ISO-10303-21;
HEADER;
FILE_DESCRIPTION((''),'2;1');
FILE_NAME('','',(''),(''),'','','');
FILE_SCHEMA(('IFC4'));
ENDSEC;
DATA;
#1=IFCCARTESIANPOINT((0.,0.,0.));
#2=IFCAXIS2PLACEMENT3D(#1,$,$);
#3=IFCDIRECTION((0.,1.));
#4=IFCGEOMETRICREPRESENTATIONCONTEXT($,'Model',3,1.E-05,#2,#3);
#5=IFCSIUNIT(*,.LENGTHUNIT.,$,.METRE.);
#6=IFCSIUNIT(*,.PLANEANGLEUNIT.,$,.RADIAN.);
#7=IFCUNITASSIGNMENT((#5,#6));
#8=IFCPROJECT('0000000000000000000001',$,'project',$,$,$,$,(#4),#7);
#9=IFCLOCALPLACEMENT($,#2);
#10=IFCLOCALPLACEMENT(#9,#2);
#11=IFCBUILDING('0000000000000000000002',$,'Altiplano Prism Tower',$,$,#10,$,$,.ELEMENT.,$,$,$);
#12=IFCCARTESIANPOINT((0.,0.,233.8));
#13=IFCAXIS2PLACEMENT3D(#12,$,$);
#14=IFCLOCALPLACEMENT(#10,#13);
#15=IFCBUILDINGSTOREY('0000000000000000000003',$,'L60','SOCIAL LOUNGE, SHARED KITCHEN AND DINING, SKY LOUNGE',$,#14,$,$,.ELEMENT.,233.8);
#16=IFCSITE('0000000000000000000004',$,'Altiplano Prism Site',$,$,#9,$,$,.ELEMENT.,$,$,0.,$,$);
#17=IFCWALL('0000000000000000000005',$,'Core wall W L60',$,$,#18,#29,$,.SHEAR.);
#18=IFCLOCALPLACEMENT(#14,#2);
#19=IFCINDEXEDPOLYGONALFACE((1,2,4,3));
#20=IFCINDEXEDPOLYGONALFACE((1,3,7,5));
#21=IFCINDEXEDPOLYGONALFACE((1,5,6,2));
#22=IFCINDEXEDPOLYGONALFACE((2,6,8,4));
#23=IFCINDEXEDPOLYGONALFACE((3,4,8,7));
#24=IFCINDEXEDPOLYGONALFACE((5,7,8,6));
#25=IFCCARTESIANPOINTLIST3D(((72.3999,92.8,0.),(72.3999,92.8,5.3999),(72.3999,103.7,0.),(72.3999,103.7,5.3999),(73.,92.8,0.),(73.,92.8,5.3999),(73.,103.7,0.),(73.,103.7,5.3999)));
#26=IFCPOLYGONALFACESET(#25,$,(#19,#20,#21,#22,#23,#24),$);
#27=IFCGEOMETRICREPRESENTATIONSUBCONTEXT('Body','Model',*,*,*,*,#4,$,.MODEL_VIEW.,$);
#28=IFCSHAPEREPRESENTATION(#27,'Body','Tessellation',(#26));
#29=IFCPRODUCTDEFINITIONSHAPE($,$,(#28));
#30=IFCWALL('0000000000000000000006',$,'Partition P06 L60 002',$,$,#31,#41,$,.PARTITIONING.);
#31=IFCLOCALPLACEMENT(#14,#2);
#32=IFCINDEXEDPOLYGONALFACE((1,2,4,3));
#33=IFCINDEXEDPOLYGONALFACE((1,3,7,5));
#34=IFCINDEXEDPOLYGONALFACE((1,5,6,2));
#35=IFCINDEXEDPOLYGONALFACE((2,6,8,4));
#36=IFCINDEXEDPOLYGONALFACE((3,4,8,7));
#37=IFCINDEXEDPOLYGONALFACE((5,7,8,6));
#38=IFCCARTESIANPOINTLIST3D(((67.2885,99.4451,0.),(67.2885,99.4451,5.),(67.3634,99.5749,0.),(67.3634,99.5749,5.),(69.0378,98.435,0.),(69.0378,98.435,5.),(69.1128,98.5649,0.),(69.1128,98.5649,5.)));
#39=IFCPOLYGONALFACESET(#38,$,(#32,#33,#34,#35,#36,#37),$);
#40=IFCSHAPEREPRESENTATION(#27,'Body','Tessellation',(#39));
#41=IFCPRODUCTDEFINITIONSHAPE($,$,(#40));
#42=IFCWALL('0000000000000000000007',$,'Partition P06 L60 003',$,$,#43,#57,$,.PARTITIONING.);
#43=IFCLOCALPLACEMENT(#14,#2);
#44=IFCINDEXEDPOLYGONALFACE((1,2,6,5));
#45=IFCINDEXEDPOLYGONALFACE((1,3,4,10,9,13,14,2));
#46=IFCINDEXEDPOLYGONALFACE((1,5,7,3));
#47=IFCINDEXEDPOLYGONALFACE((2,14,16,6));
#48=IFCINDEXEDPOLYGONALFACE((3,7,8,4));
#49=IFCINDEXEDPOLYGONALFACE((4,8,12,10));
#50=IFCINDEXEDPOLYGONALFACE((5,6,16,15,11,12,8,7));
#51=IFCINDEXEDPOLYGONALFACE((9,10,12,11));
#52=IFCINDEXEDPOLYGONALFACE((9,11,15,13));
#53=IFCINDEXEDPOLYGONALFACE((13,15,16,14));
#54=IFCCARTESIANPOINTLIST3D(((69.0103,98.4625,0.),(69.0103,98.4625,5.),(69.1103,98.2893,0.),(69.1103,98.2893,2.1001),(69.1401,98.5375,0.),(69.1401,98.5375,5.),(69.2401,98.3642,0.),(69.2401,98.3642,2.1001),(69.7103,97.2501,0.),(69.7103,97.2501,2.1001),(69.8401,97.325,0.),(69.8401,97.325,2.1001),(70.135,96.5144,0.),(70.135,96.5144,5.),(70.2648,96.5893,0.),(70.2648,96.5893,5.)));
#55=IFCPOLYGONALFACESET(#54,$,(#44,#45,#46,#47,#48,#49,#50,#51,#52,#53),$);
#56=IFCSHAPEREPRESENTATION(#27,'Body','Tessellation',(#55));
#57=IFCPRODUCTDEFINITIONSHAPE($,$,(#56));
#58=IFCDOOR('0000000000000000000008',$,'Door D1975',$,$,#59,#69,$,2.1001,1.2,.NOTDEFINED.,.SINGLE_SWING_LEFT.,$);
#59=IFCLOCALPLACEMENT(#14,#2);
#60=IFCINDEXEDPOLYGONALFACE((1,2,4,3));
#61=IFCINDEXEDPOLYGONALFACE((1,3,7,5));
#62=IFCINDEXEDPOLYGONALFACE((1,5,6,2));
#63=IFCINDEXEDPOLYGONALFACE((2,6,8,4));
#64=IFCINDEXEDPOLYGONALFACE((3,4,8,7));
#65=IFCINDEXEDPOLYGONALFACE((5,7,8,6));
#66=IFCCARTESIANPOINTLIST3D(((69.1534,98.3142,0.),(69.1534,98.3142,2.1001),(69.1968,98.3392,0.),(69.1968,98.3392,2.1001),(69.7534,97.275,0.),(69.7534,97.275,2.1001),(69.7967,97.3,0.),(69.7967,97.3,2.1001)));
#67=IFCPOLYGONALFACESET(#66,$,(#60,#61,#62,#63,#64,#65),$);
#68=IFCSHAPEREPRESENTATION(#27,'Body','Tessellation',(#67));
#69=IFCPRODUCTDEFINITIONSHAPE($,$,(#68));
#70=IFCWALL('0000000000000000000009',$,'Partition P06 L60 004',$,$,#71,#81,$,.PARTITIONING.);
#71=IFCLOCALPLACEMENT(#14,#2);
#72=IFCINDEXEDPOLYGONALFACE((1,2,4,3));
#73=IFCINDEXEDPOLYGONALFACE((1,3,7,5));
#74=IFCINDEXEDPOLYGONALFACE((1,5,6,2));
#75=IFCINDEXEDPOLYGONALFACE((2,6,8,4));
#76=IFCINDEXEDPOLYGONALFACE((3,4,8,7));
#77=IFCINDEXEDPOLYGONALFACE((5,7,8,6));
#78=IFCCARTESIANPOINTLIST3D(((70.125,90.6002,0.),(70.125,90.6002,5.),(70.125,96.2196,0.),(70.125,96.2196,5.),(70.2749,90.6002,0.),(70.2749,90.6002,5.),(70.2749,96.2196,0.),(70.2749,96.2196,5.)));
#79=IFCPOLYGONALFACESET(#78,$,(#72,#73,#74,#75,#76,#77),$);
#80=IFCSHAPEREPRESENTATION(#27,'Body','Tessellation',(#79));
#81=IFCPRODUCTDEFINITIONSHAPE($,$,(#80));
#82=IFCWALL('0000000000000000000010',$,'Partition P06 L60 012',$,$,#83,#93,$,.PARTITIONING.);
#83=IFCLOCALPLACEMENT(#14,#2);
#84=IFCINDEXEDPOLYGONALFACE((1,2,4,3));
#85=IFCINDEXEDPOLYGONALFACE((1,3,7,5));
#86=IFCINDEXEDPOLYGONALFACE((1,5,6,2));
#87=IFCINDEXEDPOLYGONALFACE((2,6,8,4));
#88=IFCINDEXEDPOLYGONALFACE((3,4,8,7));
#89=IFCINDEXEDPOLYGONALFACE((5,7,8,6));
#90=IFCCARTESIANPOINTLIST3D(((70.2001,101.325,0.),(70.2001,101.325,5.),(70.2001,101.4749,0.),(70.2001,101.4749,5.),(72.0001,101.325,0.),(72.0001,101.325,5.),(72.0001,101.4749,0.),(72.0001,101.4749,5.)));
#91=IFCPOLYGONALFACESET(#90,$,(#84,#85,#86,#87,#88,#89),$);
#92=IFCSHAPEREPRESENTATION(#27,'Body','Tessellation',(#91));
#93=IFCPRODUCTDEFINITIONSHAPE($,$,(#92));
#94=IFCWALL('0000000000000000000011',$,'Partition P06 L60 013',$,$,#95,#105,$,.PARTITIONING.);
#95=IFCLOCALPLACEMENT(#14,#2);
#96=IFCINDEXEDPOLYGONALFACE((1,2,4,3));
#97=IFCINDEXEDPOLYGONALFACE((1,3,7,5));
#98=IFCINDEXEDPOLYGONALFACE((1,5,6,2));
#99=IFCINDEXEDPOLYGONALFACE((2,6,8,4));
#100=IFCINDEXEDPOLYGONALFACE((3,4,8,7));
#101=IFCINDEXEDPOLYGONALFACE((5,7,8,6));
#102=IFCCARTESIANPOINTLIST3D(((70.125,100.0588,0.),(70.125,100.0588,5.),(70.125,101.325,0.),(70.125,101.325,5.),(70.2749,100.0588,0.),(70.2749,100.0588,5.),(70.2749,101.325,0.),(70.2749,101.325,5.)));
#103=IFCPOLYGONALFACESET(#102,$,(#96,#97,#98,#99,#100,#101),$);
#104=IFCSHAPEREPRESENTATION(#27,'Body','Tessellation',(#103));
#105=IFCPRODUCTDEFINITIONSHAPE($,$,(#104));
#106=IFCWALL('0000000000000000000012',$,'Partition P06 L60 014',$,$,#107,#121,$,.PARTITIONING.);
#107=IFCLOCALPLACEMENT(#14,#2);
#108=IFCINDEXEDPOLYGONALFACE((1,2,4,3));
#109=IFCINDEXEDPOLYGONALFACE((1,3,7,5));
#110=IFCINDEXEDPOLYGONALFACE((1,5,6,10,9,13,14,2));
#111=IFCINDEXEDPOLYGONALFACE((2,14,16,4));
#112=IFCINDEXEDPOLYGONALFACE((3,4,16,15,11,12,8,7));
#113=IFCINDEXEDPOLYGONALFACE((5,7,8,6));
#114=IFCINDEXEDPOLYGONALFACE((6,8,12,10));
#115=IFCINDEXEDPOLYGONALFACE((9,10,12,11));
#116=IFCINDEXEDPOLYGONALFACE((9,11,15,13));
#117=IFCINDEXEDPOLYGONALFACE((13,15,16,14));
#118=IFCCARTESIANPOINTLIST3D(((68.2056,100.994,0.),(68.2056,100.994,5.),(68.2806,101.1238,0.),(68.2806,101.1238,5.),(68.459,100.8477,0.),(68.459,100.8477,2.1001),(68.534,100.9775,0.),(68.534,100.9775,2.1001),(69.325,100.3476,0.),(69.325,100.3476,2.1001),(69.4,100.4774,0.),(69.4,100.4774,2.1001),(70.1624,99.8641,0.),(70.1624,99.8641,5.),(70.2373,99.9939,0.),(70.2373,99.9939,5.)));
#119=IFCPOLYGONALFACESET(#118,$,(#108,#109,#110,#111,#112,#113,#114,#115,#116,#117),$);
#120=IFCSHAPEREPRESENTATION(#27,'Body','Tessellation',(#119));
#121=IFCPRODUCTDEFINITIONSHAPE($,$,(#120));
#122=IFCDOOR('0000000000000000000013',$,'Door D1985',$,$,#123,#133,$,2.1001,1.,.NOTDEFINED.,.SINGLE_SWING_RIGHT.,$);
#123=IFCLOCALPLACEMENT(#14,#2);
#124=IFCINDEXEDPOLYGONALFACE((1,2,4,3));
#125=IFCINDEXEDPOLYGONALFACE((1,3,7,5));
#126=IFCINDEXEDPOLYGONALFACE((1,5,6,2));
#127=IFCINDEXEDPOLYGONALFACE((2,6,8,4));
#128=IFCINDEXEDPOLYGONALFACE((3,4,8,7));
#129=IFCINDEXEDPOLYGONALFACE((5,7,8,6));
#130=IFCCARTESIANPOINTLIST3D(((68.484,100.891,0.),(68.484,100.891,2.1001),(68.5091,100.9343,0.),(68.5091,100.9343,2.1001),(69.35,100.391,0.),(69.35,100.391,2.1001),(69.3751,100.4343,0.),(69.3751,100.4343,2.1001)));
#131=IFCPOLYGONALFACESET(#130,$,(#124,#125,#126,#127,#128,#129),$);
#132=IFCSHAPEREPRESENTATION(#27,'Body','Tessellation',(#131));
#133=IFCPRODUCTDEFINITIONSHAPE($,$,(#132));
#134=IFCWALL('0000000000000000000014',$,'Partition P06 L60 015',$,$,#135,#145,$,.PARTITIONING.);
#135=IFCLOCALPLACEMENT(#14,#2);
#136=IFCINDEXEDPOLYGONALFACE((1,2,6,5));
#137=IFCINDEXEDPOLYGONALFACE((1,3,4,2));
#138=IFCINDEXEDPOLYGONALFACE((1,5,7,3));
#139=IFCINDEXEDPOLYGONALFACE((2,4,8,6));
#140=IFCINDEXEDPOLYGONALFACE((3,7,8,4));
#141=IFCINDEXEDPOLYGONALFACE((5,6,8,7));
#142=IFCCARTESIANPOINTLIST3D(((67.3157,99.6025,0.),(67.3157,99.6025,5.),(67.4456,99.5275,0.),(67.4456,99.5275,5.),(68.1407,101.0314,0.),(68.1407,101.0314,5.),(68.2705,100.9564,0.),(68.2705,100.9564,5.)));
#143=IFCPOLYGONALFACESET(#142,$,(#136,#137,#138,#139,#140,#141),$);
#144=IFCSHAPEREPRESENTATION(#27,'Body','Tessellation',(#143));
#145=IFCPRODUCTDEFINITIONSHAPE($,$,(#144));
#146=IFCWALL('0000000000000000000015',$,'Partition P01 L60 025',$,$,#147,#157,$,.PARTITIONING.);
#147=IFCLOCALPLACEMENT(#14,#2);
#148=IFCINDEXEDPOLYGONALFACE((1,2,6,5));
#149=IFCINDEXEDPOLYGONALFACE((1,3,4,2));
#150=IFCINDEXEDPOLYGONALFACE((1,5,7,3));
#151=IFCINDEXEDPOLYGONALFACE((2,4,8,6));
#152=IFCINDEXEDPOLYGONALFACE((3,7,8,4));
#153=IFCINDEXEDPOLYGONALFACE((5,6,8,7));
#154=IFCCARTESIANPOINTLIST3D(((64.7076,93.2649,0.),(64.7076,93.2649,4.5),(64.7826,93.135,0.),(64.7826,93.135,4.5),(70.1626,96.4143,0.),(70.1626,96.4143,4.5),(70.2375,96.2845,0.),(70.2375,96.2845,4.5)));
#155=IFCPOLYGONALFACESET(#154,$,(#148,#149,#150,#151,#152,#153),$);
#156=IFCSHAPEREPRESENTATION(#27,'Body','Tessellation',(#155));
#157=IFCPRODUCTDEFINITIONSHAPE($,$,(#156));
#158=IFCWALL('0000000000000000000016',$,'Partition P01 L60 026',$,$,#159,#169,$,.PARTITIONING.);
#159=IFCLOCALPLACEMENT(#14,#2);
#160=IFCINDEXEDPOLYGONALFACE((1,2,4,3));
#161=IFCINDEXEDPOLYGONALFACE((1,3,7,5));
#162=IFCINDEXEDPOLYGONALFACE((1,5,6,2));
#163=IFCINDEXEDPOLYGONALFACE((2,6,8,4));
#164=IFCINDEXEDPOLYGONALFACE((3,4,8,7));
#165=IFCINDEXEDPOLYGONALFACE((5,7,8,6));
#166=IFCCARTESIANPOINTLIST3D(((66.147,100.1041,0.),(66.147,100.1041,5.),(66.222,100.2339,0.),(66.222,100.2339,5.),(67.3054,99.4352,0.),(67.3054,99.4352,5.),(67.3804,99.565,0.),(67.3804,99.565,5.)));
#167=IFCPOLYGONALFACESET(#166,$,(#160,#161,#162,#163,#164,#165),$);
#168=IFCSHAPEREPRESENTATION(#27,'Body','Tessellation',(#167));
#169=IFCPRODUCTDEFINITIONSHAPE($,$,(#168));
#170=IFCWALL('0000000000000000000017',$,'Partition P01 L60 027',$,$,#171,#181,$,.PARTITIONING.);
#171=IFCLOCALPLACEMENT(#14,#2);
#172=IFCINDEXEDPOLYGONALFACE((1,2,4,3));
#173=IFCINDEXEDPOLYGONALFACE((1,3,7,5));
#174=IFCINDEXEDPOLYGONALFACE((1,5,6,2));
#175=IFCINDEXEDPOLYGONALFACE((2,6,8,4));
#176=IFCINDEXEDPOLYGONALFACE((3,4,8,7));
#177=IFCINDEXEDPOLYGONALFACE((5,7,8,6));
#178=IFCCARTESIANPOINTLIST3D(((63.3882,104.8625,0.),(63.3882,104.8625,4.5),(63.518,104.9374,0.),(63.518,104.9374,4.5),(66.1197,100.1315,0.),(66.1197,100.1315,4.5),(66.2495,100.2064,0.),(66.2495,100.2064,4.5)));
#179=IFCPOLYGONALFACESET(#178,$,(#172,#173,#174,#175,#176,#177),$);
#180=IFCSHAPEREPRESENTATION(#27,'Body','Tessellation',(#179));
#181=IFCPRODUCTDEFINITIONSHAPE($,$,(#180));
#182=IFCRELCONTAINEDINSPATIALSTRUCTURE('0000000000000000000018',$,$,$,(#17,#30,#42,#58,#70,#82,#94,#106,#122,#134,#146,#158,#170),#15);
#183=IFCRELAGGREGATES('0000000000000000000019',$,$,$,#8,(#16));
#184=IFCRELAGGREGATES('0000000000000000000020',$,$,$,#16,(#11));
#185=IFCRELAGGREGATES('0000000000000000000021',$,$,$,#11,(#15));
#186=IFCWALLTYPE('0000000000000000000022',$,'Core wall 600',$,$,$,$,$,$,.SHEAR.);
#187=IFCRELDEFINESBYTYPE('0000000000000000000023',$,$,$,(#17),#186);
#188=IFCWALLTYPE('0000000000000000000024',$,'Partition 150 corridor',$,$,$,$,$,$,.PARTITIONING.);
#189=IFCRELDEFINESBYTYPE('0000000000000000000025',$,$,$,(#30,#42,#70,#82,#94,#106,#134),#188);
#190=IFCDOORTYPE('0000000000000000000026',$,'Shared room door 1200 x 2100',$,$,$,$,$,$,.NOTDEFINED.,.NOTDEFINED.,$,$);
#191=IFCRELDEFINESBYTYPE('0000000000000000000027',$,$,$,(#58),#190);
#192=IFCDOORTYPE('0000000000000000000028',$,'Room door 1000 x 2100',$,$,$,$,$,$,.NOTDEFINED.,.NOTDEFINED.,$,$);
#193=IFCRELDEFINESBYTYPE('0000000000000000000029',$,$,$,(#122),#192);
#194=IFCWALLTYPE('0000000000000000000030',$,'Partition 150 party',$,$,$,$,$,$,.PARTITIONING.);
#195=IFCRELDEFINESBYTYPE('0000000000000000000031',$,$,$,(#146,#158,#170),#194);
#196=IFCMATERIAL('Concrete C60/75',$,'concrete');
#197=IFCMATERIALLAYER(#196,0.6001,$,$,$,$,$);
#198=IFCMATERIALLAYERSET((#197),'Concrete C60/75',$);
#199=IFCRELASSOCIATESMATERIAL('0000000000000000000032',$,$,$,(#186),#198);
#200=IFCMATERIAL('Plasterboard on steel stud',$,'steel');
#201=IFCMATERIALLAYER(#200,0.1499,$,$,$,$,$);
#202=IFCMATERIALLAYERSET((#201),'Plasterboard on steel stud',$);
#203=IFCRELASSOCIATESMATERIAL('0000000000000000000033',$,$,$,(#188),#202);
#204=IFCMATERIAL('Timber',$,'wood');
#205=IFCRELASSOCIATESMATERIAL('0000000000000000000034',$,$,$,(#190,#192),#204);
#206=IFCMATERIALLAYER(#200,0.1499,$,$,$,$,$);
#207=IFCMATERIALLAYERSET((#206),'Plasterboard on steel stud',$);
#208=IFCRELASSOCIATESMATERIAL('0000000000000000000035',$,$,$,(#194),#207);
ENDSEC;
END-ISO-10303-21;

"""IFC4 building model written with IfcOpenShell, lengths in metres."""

from ifc_helpers import new_model, si_unit, direction, frame, frame_2d, origin, place, context, subcontext, project, spatial, rectangle, extrude, material, layer, layer_set, type_object, element, fill, save


model = new_model("IFC4")

# Units and contexts
model_context = context("Model", 3, precision=1e-05, world=origin(), true_north=direction((0.0, 1.0)))
body_context = subcontext(model_context, "Body", "Model", "MODEL_VIEW")
ifc_project = project(units=[si_unit("LENGTHUNIT", "METRE"), si_unit("PLANEANGLEUNIT", "RADIAN")], contexts=[model_context])

# Site, building, storey
site_placement = place(None, origin())
site = spatial("IfcSite", under=ifc_project, at=site_placement, Name="Altiplano Prism Site", CompositionType="ELEMENT", RefElevation=0.0)
building_placement = place(site_placement, origin())
building = spatial("IfcBuilding", under=site, at=building_placement, Name="Altiplano Prism Tower", CompositionType="ELEMENT")
storey_placement = place(building_placement, frame((0.0, 0.0, 233.8)))
storey = spatial("IfcBuildingStorey", under=building, at=storey_placement, Name="L60", Description="SOCIAL LOUNGE, SHARED KITCHEN AND DINING, SKY LOUNGE", CompositionType="ELEMENT", Elevation=233.8)

# Shared definitions
ifc_material_1 = material(Name="Concrete C60/75", Category="concrete")

# Walls
ifc_layer_1 = layer(ifc_material_1, 0.6001)
ifc_layer_set_1 = layer_set([ifc_layer_1], Name="Concrete C60/75")
wall_type_1 = type_object("IfcWallType", Name="Core wall 600", PredefinedType="SHEAR", material=ifc_layer_set_1)
wall_1_placement = place(storey_placement, frame((72.7, 103.7, 0.0), z_axis=(0.0, 0.0, 1.0), x_axis=(0.0, -1.0, 0.0)))
element("IfcWall", 1, at=wall_1_placement, inside=storey, type_object=wall_type_1, Name="Core wall W L60", PredefinedType="SHEAR", context=body_context, shape_type="SweptSolid", body=[
    extrude(rectangle(XDim=10.8999, YDim=0.6001, at=frame_2d((5.45, 0.0))), origin(), (0.0, 0.0, 1.0), 5.3999),
])
ifc_material_2 = material(Name="Plasterboard on steel stud", Category="steel")
ifc_layer_2 = layer(ifc_material_2, 0.1499)
ifc_layer_set_2 = layer_set([ifc_layer_2], Name="Plasterboard on steel stud")
wall_type_2 = type_object("IfcWallType", Name="Partition 150 corridor", PredefinedType="PARTITIONING", material=ifc_layer_set_2)
wall_2_placement = place(storey_placement, frame((67.3259, 99.51, 0.0), z_axis=(0.0, 0.0, 1.0), x_axis=(0.86601, -0.500026, 0.0)))
element("IfcWall", 2, at=wall_2_placement, inside=storey, type_object=wall_type_2, Name="Partition P06 L60 002", PredefinedType="PARTITIONING", context=body_context, shape_type="SweptSolid", body=[
    extrude(rectangle(XDim=2.02, YDim=0.1499, at=frame_2d((1.01, 0.0))), origin(), (0.0, 0.0, 1.0), 5.0),
])

# Wall, opening, door
wall_3_placement = place(storey_placement, frame((69.0752, 98.5, 0.0), z_axis=(0.0, 0.0, 1.0), x_axis=(0.499979, -0.866037, 0.0)))
wall_3 = element("IfcWall", 3, at=wall_3_placement, inside=storey, type_object=wall_type_2, Name="Partition P06 L60 003", PredefinedType="PARTITIONING", context=body_context, shape_type="SweptSolid", body=[
    extrude(rectangle(XDim=2.2495, YDim=0.1499, at=frame_2d((1.1248, 0.0))), origin(), (0.0, 0.0, 1.0), 5.0),
])
opening_1_placement = place(wall_3_placement, frame((0.2, 0.0, 0.0)))
opening_1 = element("IfcOpeningElement", 4, at=opening_1_placement, cuts=wall_3, PredefinedType="OPENING", context=body_context, shape_type="SweptSolid", body=[
    extrude(rectangle(XDim=1.2, YDim=2.1001, at=frame_2d((0.6001, 1.05))), frame((0.0, 0.0854, 0.0), z_axis=(0.0, -1.0, 0.0), x_axis=(1.0, 0.0, 0.0)), (0.0, 0.0, 1.0), 0.1709),
])
ifc_material_3 = material(Name="Timber", Category="wood")
door_type_1 = type_object("IfcDoorType", Name="Shared room door 1200 x 2100", OperationType="NOTDEFINED", PredefinedType="NOTDEFINED", material=ifc_material_3)
door_1_placement = place(opening_1_placement, origin())
door_1 = element("IfcDoor", 5, at=door_1_placement, inside=storey, type_object=door_type_1, Name="Door D1975", OperationType="SINGLE_SWING_LEFT", OverallHeight=2.1001, OverallWidth=1.2, PredefinedType="NOTDEFINED", context=body_context, shape_type="SweptSolid", body=[
    extrude(rectangle(XDim=1.2, YDim=2.1001, at=frame_2d((0.6001, 1.05))), frame((0.0, 0.0249, 0.0), z_axis=(0.0, -1.0, 0.0), x_axis=(1.0, 0.0, 0.0)), (0.0, 0.0, 1.0), 0.05),
])
fill(opening_1, door_1)

# Walls
wall_4_placement = place(storey_placement, frame((70.2, 96.2195, 0.0), z_axis=(0.0, 0.0, 1.0), x_axis=(0.0, -1.0, 0.0)))
element("IfcWall", 6, at=wall_4_placement, inside=storey, type_object=wall_type_2, Name="Partition P06 L60 004", PredefinedType="PARTITIONING", context=body_context, shape_type="SweptSolid", body=[
    extrude(rectangle(XDim=5.6194, YDim=0.1499, at=frame_2d((2.8096, 0.0))), origin(), (0.0, 0.0, 1.0), 5.0),
])
wall_5_placement = place(storey_placement, frame((72.0, 101.3999, 0.0), z_axis=(0.0, 0.0, 1.0), x_axis=(-1.0, 0.0, 0.0)))
element("IfcWall", 7, at=wall_5_placement, inside=storey, type_object=wall_type_2, Name="Partition P06 L60 012", PredefinedType="PARTITIONING", context=body_context, shape_type="SweptSolid", body=[
    extrude(rectangle(XDim=1.8, YDim=0.1499, at=frame_2d((0.8999, 0.0))), origin(), (0.0, 0.0, 1.0), 5.0),
])
wall_6_placement = place(storey_placement, frame((70.2, 101.325, 0.0), z_axis=(0.0, 0.0, 1.0), x_axis=(0.0, -1.0, 0.0)))
element("IfcWall", 8, at=wall_6_placement, inside=storey, type_object=wall_type_2, Name="Partition P06 L60 013", PredefinedType="PARTITIONING", context=body_context, shape_type="SweptSolid", body=[
    extrude(rectangle(XDim=1.2661, YDim=0.1499, at=frame_2d((0.6331, 0.0))), origin(), (0.0, 0.0, 1.0), 5.0),
])

# Wall, opening, door
wall_7_placement = place(storey_placement, frame((70.2, 99.929, 0.0), z_axis=(0.0, 0.0, 1.0), x_axis=(-0.866, 0.500044, 0.0)))
wall_7 = element("IfcWall", 9, at=wall_7_placement, inside=storey, type_object=wall_type_2, Name="Partition P06 L60 014", PredefinedType="PARTITIONING", context=body_context, shape_type="SweptSolid", body=[
    extrude(rectangle(XDim=2.2595, YDim=0.1499, at=frame_2d((1.1299, 0.0))), origin(), (0.0, 0.0, 1.0), 5.0),
])
opening_2_placement = place(wall_7_placement, frame((0.967, 0.0, 0.0)))
opening_2 = element("IfcOpeningElement", 10, at=opening_2_placement, cuts=wall_7, PredefinedType="OPENING", context=body_context, shape_type="SweptSolid", body=[
    extrude(rectangle(XDim=1.0, YDim=2.1001, at=frame_2d((0.5, 1.05))), frame((0.0, 0.0854, 0.0), z_axis=(0.0, -1.0, 0.0), x_axis=(1.0, 0.0, 0.0)), (0.0, 0.0, 1.0), 0.1709),
])
door_type_2 = type_object("IfcDoorType", Name="Room door 1000 x 2100", OperationType="NOTDEFINED", PredefinedType="NOTDEFINED", material=ifc_material_3)
door_2_placement = place(opening_2_placement, origin())
door_2 = element("IfcDoor", 11, at=door_2_placement, inside=storey, type_object=door_type_2, Name="Door D1985", OperationType="SINGLE_SWING_RIGHT", OverallHeight=2.1001, OverallWidth=1.0, PredefinedType="NOTDEFINED", context=body_context, shape_type="SweptSolid", body=[
    extrude(rectangle(XDim=1.0, YDim=2.1001, at=frame_2d((0.5, 1.05))), frame((0.0, 0.0249, 0.0), z_axis=(0.0, -1.0, 0.0), x_axis=(1.0, 0.0, 0.0)), (0.0, 0.0, 1.0), 0.05),
])
fill(opening_2, door_2)

# Walls
wall_8_placement = place(storey_placement, frame((68.2056, 100.9939, 0.0), z_axis=(0.0, 0.0, 1.0), x_axis=(-0.499974, -0.86604, 0.0)))
element("IfcWall", 12, at=wall_8_placement, inside=storey, type_object=wall_type_2, Name="Partition P06 L60 015", PredefinedType="PARTITIONING", context=body_context, shape_type="SweptSolid", body=[
    extrude(rectangle(XDim=1.6499, YDim=0.1499, at=frame_2d((0.825, 0.0))), origin(), (0.0, 0.0, 1.0), 5.0),
])
ifc_layer_3 = layer(ifc_material_2, 0.1499)
ifc_layer_set_3 = layer_set([ifc_layer_3], Name="Plasterboard on steel stud")
wall_type_3 = type_object("IfcWallType", Name="Partition 150 party", PredefinedType="PARTITIONING", material=ifc_layer_set_3)
wall_9_placement = place(storey_placement, frame((64.7451, 93.2, 0.0), z_axis=(0.0, 0.0, 1.0), x_axis=(0.866021, 0.500008, 0.0)))
element("IfcWall", 13, at=wall_9_placement, inside=storey, type_object=wall_type_3, Name="Partition P01 L60 025", PredefinedType="PARTITIONING", context=body_context, shape_type="SweptSolid", body=[
    extrude(rectangle(XDim=6.2988, YDim=0.1499, at=frame_2d((3.1494, 0.0))), origin(), (0.0, 0.0, 1.0), 4.5),
])
wall_10_placement = place(storey_placement, frame((67.343, 99.5, 0.0), z_axis=(0.0, 0.0, 1.0), x_axis=(-0.865988, 0.500065, 0.0)))
element("IfcWall", 14, at=wall_10_placement, inside=storey, type_object=wall_type_3, Name="Partition P01 L60 026", PredefinedType="PARTITIONING", context=body_context, shape_type="SweptSolid", body=[
    extrude(rectangle(XDim=1.3376, YDim=0.1499, at=frame_2d((0.6689, 0.0))), origin(), (0.0, 0.0, 1.0), 5.0),
])
wall_11_placement = place(storey_placement, frame((66.1846, 100.1689, 0.0), z_axis=(0.0, 0.0, 1.0), x_axis=(-0.500004, 0.866023, 0.0)))
element("IfcWall", 15, at=wall_11_placement, inside=storey, type_object=wall_type_3, Name="Partition P01 L60 027", PredefinedType="PARTITIONING", context=body_context, shape_type="SweptSolid", body=[
    extrude(rectangle(XDim=5.4629, YDim=0.1499, at=frame_2d((2.7314, 0.0))), origin(), (0.0, 0.0, 1.0), 4.5),
])

save(model, "model.ifc")
